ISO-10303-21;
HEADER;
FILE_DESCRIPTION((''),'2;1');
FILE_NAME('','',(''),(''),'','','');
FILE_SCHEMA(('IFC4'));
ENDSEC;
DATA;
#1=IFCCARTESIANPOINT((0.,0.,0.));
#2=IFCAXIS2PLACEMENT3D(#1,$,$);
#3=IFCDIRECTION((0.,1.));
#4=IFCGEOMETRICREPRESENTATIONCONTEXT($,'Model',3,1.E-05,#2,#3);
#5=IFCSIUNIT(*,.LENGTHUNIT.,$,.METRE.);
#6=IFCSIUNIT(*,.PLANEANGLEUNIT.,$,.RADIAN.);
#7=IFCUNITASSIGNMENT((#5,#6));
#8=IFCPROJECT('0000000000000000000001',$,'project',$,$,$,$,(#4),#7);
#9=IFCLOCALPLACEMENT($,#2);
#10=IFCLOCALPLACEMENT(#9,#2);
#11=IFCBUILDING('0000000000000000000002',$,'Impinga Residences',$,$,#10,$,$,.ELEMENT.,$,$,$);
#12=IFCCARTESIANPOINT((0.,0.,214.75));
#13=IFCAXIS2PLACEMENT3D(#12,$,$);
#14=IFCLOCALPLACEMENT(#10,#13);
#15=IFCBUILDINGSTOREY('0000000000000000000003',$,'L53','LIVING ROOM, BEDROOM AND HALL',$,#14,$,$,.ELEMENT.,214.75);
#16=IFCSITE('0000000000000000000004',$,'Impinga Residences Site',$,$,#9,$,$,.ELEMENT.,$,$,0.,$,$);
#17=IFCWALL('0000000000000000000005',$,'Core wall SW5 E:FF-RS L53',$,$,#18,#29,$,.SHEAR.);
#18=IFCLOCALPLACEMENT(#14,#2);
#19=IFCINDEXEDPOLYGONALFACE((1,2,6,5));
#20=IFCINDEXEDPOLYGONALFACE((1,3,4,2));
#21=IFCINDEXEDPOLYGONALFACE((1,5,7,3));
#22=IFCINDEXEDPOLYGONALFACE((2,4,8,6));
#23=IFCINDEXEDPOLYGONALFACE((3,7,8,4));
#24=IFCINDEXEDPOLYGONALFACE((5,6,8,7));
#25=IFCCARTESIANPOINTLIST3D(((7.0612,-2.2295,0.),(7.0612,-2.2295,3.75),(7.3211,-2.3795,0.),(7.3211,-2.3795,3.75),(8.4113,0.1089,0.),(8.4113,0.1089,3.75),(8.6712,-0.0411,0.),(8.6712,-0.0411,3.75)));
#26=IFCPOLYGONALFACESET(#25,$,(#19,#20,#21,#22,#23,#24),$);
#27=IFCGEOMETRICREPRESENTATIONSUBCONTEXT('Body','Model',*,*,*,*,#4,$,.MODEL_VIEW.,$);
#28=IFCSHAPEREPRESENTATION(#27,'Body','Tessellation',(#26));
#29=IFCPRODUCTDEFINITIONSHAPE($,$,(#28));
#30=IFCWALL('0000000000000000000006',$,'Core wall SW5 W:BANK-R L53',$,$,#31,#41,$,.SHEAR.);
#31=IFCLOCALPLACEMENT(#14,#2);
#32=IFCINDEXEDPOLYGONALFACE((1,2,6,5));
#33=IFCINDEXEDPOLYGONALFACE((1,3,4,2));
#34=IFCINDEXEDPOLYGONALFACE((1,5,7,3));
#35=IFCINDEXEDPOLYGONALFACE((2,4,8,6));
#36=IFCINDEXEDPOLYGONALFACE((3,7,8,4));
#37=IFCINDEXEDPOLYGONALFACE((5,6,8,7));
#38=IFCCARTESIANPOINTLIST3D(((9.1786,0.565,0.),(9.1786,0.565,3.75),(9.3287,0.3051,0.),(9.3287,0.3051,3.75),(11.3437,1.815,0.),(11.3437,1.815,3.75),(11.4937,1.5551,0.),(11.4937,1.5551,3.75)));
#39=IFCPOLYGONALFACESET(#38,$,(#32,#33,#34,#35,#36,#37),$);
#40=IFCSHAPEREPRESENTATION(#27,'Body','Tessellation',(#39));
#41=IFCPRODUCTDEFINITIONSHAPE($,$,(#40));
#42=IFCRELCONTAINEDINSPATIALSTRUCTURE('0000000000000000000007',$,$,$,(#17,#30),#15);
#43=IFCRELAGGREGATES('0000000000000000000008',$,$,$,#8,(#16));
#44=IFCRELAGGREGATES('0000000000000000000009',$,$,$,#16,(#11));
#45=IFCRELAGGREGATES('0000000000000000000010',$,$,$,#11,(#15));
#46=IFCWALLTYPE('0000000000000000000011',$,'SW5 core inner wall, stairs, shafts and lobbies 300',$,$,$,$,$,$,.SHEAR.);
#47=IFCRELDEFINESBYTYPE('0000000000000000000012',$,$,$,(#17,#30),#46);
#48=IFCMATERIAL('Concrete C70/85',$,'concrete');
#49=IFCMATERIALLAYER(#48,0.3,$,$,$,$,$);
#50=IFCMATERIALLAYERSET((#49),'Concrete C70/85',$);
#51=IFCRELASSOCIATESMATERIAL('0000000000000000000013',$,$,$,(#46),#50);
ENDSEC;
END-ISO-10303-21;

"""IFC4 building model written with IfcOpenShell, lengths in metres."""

from ifc_helpers import new_model, si_unit, direction, frame, frame_2d, origin, place, context, subcontext, project, spatial, rectangle, extrude, material, layer, layer_set, type_object, element, save


model = new_model("IFC4")

# Units and contexts
model_context = context("Model", 3, precision=1e-05, world=origin(), true_north=direction((0.0, 1.0)))
body_context = subcontext(model_context, "Body", "Model", "MODEL_VIEW")
ifc_project = project(units=[si_unit("LENGTHUNIT", "METRE"), si_unit("PLANEANGLEUNIT", "RADIAN")], contexts=[model_context])

# Site, building, storey
site_placement = place(None, origin())
site = spatial("IfcSite", under=ifc_project, at=site_placement, Name="Impinga Residences Site", CompositionType="ELEMENT", RefElevation=0.0)
building_placement = place(site_placement, origin())
building = spatial("IfcBuilding", under=site, at=building_placement, Name="Impinga Residences", CompositionType="ELEMENT")
storey_placement = place(building_placement, frame((0.0, 0.0, 214.75)))
storey = spatial("IfcBuildingStorey", under=building, at=storey_placement, Name="L53", Description="LIVING ROOM, BEDROOM AND HALL", CompositionType="ELEMENT", Elevation=214.75)

# Walls
ifc_material_1 = material(Name="Concrete C70/85", Category="concrete")
ifc_layer_1 = layer(ifc_material_1, 0.3)
ifc_layer_set_1 = layer_set([ifc_layer_1], Name="Concrete C70/85")
wall_type_1 = type_object("IfcWallType", Name="SW5 core inner wall, stairs, shafts and lobbies 300", PredefinedType="SHEAR", material=ifc_layer_set_1)
wall_1_placement = place(storey_placement, frame((8.5413, 0.0339, 0.0), z_axis=(0.0, 0.0, 1.0), x_axis=(-0.500009, -0.86602, 0.0)))
element("IfcWall", 1, at=wall_1_placement, inside=storey, type_object=wall_type_1, Name="Core wall SW5 E:FF-RS L53", PredefinedType="SHEAR", context=body_context, shape_type="SweptSolid", body=[
    extrude(rectangle(XDim=2.7002, YDim=0.3, at=frame_2d((1.3501, 0.0))), origin(), (0.0, 0.0, 1.0), 3.75),
])
wall_2_placement = place(storey_placement, frame((9.2537, 0.4351, 0.0), z_axis=(0.0, 0.0, 1.0), x_axis=(0.866023, 0.500004, 0.0)))
element("IfcWall", 2, at=wall_2_placement, inside=storey, type_object=wall_type_1, Name="Core wall SW5 W:BANK-R L53", PredefinedType="SHEAR", context=body_context, shape_type="SweptSolid", body=[
    extrude(rectangle(XDim=2.5, YDim=0.3, at=frame_2d((1.25, 0.0))), origin(), (0.0, 0.0, 1.0), 3.75),
])

save(model, "model.ifc")
